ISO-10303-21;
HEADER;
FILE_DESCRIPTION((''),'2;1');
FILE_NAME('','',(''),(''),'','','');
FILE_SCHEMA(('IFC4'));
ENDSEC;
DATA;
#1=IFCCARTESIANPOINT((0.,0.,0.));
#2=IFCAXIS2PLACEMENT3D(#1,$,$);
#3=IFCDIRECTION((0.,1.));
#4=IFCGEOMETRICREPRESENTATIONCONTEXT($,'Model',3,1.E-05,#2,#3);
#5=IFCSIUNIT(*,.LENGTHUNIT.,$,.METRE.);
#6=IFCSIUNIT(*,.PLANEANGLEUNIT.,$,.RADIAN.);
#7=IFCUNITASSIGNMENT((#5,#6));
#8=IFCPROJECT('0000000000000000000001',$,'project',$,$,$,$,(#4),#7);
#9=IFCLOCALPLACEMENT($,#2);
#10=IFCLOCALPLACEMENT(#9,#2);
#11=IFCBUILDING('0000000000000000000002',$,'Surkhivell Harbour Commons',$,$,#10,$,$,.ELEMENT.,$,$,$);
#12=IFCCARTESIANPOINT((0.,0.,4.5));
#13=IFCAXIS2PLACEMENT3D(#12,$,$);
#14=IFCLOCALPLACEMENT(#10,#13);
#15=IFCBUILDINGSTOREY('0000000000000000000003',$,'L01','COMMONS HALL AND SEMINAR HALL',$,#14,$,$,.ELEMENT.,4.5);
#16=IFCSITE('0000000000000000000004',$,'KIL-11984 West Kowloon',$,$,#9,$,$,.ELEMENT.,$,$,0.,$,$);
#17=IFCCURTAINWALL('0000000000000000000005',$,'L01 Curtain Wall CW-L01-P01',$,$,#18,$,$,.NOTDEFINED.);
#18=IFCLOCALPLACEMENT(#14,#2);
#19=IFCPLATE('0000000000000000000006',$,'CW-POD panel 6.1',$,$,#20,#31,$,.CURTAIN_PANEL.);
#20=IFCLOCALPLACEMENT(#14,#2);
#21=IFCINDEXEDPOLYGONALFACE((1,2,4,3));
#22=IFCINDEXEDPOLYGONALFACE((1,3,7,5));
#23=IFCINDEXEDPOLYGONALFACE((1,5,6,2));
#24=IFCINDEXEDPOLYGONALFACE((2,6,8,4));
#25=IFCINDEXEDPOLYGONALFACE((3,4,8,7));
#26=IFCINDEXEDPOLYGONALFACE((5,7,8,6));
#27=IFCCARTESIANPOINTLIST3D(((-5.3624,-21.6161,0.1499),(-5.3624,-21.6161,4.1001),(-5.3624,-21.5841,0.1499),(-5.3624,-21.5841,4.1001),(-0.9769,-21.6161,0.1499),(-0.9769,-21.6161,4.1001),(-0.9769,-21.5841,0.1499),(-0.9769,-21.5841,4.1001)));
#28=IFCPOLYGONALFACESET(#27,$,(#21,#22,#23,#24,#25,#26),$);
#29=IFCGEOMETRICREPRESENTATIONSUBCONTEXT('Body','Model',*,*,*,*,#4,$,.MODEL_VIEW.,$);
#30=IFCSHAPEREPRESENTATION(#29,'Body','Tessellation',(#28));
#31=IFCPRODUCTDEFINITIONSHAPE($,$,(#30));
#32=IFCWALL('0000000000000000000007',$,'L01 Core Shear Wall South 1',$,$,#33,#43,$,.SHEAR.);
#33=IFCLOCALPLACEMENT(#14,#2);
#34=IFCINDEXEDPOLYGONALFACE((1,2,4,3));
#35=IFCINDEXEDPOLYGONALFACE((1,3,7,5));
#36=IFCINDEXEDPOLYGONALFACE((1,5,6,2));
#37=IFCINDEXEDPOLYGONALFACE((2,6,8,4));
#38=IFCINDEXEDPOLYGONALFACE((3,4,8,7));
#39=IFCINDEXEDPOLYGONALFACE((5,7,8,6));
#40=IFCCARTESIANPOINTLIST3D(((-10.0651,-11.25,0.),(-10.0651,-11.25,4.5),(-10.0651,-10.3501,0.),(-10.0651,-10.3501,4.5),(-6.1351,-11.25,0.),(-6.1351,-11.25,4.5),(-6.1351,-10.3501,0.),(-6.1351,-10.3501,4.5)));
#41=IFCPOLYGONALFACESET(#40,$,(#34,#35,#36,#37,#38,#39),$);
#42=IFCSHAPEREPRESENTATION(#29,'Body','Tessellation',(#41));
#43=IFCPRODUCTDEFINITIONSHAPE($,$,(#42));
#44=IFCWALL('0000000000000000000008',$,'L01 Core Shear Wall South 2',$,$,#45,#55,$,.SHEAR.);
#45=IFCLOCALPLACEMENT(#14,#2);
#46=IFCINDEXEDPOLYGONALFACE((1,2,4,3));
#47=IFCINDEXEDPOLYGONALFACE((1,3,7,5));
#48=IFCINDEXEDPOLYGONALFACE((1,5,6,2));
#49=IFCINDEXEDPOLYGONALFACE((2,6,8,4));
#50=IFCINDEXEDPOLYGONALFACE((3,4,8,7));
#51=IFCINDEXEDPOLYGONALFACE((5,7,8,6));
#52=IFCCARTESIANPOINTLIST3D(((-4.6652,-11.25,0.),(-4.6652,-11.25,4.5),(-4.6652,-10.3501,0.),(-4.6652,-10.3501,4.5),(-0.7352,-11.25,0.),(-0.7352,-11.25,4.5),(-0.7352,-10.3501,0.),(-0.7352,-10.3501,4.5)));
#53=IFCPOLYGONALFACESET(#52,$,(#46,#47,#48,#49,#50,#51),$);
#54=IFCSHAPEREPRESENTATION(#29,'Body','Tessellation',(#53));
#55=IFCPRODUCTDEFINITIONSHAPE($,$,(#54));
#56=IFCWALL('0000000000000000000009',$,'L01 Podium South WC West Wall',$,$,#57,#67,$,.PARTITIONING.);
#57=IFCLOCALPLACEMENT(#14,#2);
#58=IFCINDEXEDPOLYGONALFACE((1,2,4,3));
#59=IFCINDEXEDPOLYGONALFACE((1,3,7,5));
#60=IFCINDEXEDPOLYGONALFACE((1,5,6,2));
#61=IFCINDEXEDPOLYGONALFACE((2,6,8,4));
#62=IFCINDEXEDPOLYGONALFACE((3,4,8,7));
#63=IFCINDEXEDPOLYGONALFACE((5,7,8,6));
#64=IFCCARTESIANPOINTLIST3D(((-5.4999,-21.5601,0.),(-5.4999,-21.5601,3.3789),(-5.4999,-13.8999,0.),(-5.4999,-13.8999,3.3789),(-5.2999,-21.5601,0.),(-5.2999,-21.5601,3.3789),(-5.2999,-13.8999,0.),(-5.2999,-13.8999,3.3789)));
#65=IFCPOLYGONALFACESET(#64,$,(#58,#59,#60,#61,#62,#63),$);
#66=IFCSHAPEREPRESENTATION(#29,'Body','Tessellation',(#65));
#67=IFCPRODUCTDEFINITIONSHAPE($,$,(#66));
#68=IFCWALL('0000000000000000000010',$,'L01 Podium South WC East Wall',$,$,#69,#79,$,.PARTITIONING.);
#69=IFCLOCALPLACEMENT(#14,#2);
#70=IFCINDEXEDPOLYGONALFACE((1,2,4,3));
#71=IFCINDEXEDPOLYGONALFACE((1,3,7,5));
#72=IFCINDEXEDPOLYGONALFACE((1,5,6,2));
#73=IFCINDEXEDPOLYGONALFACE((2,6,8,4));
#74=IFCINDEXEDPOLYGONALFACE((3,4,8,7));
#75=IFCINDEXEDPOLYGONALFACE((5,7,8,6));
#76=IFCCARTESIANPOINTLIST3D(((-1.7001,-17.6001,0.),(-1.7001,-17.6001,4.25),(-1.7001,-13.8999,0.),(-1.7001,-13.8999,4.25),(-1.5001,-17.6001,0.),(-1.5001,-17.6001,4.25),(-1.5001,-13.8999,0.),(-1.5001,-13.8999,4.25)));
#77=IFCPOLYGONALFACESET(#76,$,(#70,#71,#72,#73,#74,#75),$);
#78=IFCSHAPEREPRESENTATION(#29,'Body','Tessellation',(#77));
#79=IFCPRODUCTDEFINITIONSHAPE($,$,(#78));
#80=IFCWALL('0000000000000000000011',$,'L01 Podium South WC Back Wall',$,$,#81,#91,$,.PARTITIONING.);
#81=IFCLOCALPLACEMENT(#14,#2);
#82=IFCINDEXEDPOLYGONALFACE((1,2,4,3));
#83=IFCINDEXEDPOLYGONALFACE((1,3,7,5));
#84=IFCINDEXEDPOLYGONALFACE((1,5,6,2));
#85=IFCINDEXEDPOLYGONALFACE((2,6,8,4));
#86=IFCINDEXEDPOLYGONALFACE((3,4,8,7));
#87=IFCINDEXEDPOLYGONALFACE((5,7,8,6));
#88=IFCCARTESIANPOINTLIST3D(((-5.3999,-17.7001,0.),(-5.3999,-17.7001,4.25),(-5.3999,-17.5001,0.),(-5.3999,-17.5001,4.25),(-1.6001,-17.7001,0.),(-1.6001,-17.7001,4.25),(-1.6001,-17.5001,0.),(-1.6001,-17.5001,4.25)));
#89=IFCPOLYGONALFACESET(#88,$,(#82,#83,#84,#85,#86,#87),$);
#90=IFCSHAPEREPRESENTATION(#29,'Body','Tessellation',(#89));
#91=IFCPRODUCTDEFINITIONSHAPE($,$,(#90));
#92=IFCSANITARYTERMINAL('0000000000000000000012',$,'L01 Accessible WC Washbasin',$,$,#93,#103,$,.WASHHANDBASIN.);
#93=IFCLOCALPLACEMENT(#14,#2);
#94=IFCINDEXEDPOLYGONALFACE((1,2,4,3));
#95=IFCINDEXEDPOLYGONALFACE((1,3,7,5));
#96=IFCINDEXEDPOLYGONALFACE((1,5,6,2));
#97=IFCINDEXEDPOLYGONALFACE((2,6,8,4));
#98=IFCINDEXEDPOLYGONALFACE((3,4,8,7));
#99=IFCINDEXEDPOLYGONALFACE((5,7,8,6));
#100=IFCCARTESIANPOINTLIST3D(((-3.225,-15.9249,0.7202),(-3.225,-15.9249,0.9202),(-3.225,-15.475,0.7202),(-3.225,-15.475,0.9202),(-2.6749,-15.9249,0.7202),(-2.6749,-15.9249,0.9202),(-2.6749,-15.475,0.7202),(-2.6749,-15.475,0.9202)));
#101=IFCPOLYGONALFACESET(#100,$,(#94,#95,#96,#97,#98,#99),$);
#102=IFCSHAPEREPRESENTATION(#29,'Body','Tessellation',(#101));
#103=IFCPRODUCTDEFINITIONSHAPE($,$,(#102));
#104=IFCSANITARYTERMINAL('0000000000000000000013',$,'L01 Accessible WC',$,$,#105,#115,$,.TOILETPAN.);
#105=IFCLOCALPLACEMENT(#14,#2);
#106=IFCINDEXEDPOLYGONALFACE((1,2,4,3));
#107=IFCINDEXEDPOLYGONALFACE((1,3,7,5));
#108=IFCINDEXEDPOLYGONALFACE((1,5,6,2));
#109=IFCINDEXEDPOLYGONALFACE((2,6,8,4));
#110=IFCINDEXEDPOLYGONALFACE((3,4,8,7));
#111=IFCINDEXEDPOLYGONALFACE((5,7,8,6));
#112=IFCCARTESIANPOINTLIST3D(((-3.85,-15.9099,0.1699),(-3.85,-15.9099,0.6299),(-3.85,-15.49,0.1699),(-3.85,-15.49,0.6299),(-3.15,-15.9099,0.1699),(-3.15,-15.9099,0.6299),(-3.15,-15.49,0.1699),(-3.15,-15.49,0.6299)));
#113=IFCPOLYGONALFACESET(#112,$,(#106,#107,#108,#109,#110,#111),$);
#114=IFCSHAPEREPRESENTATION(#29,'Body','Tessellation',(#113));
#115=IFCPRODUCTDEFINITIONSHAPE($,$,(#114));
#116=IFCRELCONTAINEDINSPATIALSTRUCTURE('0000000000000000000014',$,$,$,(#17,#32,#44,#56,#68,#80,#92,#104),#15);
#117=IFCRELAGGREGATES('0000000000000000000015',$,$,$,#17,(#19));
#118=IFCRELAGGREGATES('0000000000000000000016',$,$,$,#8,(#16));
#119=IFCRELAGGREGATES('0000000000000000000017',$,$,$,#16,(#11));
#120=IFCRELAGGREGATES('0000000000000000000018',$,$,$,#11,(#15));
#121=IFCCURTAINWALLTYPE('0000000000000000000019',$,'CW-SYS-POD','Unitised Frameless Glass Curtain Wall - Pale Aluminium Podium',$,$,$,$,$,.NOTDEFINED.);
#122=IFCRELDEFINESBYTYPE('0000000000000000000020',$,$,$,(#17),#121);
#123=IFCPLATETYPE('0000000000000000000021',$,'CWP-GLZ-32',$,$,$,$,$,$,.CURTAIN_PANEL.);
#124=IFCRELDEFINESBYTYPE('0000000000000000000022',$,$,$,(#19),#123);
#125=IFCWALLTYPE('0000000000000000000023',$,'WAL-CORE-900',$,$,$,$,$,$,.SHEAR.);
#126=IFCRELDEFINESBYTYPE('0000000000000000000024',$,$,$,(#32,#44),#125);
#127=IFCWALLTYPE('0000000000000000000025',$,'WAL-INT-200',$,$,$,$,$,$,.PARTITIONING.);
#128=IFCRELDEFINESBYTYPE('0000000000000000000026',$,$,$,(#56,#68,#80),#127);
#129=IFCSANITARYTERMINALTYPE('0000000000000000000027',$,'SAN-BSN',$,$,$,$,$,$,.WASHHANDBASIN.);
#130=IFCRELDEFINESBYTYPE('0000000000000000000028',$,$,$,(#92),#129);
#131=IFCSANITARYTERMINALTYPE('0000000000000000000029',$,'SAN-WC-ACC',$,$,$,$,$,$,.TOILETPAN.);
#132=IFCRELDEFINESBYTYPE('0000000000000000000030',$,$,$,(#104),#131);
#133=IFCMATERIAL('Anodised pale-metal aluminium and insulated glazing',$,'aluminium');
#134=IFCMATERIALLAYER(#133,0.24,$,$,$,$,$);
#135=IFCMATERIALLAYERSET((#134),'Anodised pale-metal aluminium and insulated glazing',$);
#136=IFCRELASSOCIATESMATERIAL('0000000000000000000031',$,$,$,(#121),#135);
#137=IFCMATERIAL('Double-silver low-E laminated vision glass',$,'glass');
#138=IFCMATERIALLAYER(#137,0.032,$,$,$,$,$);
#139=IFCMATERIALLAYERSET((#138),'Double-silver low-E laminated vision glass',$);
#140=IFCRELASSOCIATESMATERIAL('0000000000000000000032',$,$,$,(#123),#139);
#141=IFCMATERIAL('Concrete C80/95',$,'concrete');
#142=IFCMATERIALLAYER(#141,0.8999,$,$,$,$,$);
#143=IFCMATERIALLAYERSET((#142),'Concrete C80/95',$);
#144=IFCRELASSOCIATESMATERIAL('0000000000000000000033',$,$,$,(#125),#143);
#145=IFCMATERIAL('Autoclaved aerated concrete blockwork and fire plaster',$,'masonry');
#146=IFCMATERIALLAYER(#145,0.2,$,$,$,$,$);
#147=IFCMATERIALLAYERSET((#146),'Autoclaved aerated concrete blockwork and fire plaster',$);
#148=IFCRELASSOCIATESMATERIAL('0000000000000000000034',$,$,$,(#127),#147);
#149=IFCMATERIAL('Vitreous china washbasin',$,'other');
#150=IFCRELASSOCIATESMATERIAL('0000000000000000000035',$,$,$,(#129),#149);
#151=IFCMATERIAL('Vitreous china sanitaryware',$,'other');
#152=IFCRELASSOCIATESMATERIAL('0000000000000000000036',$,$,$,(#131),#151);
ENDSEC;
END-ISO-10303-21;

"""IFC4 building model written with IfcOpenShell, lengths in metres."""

from ifc_helpers import new_model, si_unit, direction, frame, frame_2d, origin, origin_2d, place, context, subcontext, project, spatial, rectangle, extrude, material, layer, layer_set, type_object, element, aggregate, save


model = new_model("IFC4")

# Units and contexts
model_context = context("Model", 3, precision=1e-05, world=origin(), true_north=direction((0.0, 1.0)))
body_context = subcontext(model_context, "Body", "Model", "MODEL_VIEW")
ifc_project = project(units=[si_unit("LENGTHUNIT", "METRE"), si_unit("PLANEANGLEUNIT", "RADIAN")], contexts=[model_context])

# Site, building, storey
site_placement = place(None, origin())
site = spatial("IfcSite", under=ifc_project, at=site_placement, Name="KIL-11984 West Kowloon", CompositionType="ELEMENT", RefElevation=0.0)
building_placement = place(site_placement, origin())
building = spatial("IfcBuilding", under=site, at=building_placement, Name="Surkhivell Harbour Commons", CompositionType="ELEMENT")
storey_placement = place(building_placement, frame((0.0, 0.0, 4.5)))
storey = spatial("IfcBuildingStorey", under=building, at=storey_placement, Name="L01", Description="COMMONS HALL AND SEMINAR HALL", CompositionType="ELEMENT", Elevation=4.5)

# Shared definitions
ifc_material_1 = material(Name="Concrete C80/95", Category="concrete")

# Curtain wall, plate
ifc_material_2 = material(Name="Anodised pale-metal aluminium and insulated glazing", Category="aluminium")
ifc_layer_1 = layer(ifc_material_2, 0.24)
ifc_layer_set_1 = layer_set([ifc_layer_1], Name="Anodised pale-metal aluminium and insulated glazing")
curtain_wall_type = type_object("IfcCurtainWallType", Name="CW-SYS-POD", Description="Unitised Frameless Glass Curtain Wall - Pale Aluminium Podium", PredefinedType="NOTDEFINED", material=ifc_layer_set_1)
curtain_wall_placement = place(storey_placement, origin())
curtain_wall = element("IfcCurtainWall", 1, at=curtain_wall_placement, inside=storey, type_object=curtain_wall_type, Name="L01 Curtain Wall CW-L01-P01", PredefinedType="NOTDEFINED")
ifc_material_3 = material(Name="Double-silver low-E laminated vision glass", Category="glass")
ifc_layer_2 = layer(ifc_material_3, 0.032)
ifc_layer_set_2 = layer_set([ifc_layer_2], Name="Double-silver low-E laminated vision glass")
plate_type = type_object("IfcPlateType", Name="CWP-GLZ-32", PredefinedType="CURTAIN_PANEL", material=ifc_layer_set_2)
plate_1_placement = place(storey_placement, frame((-5.3625, -21.6001, 0.1499), z_axis=(0.0, 0.0, 1.0), x_axis=(1.0, 0.0, 0.0)))
plate_1 = element("IfcPlate", 2, at=plate_1_placement, type_object=plate_type, Name="CW-POD panel 6.1", PredefinedType="CURTAIN_PANEL", context=body_context, shape_type="SweptSolid", body=[
    extrude(rectangle(XDim=4.3855, YDim=0.032, at=frame_2d((2.1929, 0.0))), origin(), (0.0, 0.0, 1.0), 3.9502),
])
aggregate(curtain_wall, [plate_1])

# Walls
ifc_layer_3 = layer(ifc_material_1, 0.8999)
ifc_layer_set_3 = layer_set([ifc_layer_3], Name="Concrete C80/95")
wall_type_1 = type_object("IfcWallType", Name="WAL-CORE-900", PredefinedType="SHEAR", material=ifc_layer_set_3)
for number, where, z_axis, x_axis, name in (
    (3, (-10.0649, -10.8, 0.0), (0.0, 0.0, 1.0), (1.0, 0.0, 0.0), "L01 Core Shear Wall South 1"),
    (4, (-4.665, -10.8, 0.0), (0.0, 0.0, 1.0), (1.0, 0.0, 0.0), "L01 Core Shear Wall South 2"),
):
    element("IfcWall", number, at=place(storey_placement, frame(where, z_axis=z_axis, x_axis=x_axis)), inside=storey, type_object=wall_type_1, Name=name, PredefinedType="SHEAR", context=body_context, shape_type="SweptSolid", body=[
        extrude(rectangle(XDim=3.9299, YDim=0.8999, at=frame_2d((1.9648, 0.0))), origin(), (0.0, 0.0, 1.0), 4.5),
    ])
ifc_material_4 = material(Name="Autoclaved aerated concrete blockwork and fire plaster", Category="masonry")
ifc_layer_4 = layer(ifc_material_4, 0.2)
ifc_layer_set_4 = layer_set([ifc_layer_4], Name="Autoclaved aerated concrete blockwork and fire plaster")
wall_type_2 = type_object("IfcWallType", Name="WAL-INT-200", PredefinedType="PARTITIONING", material=ifc_layer_set_4)
wall_1_placement = place(storey_placement, frame((-5.3999, -21.5601, 0.0), z_axis=(0.0, 0.0, 1.0), x_axis=(0.0, 1.0, 0.0)))
element("IfcWall", 5, at=wall_1_placement, inside=storey, type_object=wall_type_2, Name="L01 Podium South WC West Wall", PredefinedType="PARTITIONING", context=body_context, shape_type="SweptSolid", body=[
    extrude(rectangle(XDim=7.6602, YDim=0.2, at=frame_2d((3.8301, 0.0))), origin(), (0.0, 0.0, 1.0), 3.3789),
])
wall_2_placement = place(storey_placement, frame((-1.6001, -17.6001, 0.0), z_axis=(0.0, 0.0, 1.0), x_axis=(0.0, 1.0, 0.0)))
element("IfcWall", 6, at=wall_2_placement, inside=storey, type_object=wall_type_2, Name="L01 Podium South WC East Wall", PredefinedType="PARTITIONING", context=body_context, shape_type="SweptSolid", body=[
    extrude(rectangle(XDim=3.7002, YDim=0.2, at=frame_2d((1.8501, 0.0))), origin(), (0.0, 0.0, 1.0), 4.25),
])
wall_3_placement = place(storey_placement, frame((-5.3999, -17.6001, 0.0), z_axis=(0.0, 0.0, 1.0), x_axis=(1.0, 0.0, 0.0)))
element("IfcWall", 7, at=wall_3_placement, inside=storey, type_object=wall_type_2, Name="L01 Podium South WC Back Wall", PredefinedType="PARTITIONING", context=body_context, shape_type="SweptSolid", body=[
    extrude(rectangle(XDim=3.7998, YDim=0.2, at=frame_2d((1.8999, 0.0))), origin(), (0.0, 0.0, 1.0), 4.25),
])

# Sanitary terminals
ifc_material_5 = material(Name="Vitreous china washbasin", Category="other")
sanitary_terminal_type_1 = type_object("IfcSanitaryTerminalType", Name="SAN-BSN", PredefinedType="WASHHANDBASIN", material=ifc_material_5)
sanitary_terminal_1_placement = place(storey_placement, frame((-2.95, -15.7, 0.7202), z_axis=(0.0, 0.0, 1.0), x_axis=(1.0, 0.0, 0.0)))
element("IfcSanitaryTerminal", 8, at=sanitary_terminal_1_placement, inside=storey, type_object=sanitary_terminal_type_1, Name="L01 Accessible WC Washbasin", PredefinedType="WASHHANDBASIN", context=body_context, shape_type="SweptSolid", body=[
    extrude(rectangle(XDim=0.55, YDim=0.45, at=origin_2d()), origin(), (0.0, 0.0, 1.0), 0.2),
])
ifc_material_6 = material(Name="Vitreous china sanitaryware", Category="other")
sanitary_terminal_type_2 = type_object("IfcSanitaryTerminalType", Name="SAN-WC-ACC", PredefinedType="TOILETPAN", material=ifc_material_6)
sanitary_terminal_2_placement = place(storey_placement, frame((-3.5, -15.7, 0.1699), z_axis=(0.0, 0.0, 1.0), x_axis=(1.0, 0.0, 0.0)))
element("IfcSanitaryTerminal", 9, at=sanitary_terminal_2_placement, inside=storey, type_object=sanitary_terminal_type_2, Name="L01 Accessible WC", PredefinedType="TOILETPAN", context=body_context, shape_type="SweptSolid", body=[
    extrude(rectangle(XDim=0.7, YDim=0.4199, at=origin_2d()), origin(), (0.0, 0.0, 1.0), 0.46),
])

save(model, "model.ifc")
